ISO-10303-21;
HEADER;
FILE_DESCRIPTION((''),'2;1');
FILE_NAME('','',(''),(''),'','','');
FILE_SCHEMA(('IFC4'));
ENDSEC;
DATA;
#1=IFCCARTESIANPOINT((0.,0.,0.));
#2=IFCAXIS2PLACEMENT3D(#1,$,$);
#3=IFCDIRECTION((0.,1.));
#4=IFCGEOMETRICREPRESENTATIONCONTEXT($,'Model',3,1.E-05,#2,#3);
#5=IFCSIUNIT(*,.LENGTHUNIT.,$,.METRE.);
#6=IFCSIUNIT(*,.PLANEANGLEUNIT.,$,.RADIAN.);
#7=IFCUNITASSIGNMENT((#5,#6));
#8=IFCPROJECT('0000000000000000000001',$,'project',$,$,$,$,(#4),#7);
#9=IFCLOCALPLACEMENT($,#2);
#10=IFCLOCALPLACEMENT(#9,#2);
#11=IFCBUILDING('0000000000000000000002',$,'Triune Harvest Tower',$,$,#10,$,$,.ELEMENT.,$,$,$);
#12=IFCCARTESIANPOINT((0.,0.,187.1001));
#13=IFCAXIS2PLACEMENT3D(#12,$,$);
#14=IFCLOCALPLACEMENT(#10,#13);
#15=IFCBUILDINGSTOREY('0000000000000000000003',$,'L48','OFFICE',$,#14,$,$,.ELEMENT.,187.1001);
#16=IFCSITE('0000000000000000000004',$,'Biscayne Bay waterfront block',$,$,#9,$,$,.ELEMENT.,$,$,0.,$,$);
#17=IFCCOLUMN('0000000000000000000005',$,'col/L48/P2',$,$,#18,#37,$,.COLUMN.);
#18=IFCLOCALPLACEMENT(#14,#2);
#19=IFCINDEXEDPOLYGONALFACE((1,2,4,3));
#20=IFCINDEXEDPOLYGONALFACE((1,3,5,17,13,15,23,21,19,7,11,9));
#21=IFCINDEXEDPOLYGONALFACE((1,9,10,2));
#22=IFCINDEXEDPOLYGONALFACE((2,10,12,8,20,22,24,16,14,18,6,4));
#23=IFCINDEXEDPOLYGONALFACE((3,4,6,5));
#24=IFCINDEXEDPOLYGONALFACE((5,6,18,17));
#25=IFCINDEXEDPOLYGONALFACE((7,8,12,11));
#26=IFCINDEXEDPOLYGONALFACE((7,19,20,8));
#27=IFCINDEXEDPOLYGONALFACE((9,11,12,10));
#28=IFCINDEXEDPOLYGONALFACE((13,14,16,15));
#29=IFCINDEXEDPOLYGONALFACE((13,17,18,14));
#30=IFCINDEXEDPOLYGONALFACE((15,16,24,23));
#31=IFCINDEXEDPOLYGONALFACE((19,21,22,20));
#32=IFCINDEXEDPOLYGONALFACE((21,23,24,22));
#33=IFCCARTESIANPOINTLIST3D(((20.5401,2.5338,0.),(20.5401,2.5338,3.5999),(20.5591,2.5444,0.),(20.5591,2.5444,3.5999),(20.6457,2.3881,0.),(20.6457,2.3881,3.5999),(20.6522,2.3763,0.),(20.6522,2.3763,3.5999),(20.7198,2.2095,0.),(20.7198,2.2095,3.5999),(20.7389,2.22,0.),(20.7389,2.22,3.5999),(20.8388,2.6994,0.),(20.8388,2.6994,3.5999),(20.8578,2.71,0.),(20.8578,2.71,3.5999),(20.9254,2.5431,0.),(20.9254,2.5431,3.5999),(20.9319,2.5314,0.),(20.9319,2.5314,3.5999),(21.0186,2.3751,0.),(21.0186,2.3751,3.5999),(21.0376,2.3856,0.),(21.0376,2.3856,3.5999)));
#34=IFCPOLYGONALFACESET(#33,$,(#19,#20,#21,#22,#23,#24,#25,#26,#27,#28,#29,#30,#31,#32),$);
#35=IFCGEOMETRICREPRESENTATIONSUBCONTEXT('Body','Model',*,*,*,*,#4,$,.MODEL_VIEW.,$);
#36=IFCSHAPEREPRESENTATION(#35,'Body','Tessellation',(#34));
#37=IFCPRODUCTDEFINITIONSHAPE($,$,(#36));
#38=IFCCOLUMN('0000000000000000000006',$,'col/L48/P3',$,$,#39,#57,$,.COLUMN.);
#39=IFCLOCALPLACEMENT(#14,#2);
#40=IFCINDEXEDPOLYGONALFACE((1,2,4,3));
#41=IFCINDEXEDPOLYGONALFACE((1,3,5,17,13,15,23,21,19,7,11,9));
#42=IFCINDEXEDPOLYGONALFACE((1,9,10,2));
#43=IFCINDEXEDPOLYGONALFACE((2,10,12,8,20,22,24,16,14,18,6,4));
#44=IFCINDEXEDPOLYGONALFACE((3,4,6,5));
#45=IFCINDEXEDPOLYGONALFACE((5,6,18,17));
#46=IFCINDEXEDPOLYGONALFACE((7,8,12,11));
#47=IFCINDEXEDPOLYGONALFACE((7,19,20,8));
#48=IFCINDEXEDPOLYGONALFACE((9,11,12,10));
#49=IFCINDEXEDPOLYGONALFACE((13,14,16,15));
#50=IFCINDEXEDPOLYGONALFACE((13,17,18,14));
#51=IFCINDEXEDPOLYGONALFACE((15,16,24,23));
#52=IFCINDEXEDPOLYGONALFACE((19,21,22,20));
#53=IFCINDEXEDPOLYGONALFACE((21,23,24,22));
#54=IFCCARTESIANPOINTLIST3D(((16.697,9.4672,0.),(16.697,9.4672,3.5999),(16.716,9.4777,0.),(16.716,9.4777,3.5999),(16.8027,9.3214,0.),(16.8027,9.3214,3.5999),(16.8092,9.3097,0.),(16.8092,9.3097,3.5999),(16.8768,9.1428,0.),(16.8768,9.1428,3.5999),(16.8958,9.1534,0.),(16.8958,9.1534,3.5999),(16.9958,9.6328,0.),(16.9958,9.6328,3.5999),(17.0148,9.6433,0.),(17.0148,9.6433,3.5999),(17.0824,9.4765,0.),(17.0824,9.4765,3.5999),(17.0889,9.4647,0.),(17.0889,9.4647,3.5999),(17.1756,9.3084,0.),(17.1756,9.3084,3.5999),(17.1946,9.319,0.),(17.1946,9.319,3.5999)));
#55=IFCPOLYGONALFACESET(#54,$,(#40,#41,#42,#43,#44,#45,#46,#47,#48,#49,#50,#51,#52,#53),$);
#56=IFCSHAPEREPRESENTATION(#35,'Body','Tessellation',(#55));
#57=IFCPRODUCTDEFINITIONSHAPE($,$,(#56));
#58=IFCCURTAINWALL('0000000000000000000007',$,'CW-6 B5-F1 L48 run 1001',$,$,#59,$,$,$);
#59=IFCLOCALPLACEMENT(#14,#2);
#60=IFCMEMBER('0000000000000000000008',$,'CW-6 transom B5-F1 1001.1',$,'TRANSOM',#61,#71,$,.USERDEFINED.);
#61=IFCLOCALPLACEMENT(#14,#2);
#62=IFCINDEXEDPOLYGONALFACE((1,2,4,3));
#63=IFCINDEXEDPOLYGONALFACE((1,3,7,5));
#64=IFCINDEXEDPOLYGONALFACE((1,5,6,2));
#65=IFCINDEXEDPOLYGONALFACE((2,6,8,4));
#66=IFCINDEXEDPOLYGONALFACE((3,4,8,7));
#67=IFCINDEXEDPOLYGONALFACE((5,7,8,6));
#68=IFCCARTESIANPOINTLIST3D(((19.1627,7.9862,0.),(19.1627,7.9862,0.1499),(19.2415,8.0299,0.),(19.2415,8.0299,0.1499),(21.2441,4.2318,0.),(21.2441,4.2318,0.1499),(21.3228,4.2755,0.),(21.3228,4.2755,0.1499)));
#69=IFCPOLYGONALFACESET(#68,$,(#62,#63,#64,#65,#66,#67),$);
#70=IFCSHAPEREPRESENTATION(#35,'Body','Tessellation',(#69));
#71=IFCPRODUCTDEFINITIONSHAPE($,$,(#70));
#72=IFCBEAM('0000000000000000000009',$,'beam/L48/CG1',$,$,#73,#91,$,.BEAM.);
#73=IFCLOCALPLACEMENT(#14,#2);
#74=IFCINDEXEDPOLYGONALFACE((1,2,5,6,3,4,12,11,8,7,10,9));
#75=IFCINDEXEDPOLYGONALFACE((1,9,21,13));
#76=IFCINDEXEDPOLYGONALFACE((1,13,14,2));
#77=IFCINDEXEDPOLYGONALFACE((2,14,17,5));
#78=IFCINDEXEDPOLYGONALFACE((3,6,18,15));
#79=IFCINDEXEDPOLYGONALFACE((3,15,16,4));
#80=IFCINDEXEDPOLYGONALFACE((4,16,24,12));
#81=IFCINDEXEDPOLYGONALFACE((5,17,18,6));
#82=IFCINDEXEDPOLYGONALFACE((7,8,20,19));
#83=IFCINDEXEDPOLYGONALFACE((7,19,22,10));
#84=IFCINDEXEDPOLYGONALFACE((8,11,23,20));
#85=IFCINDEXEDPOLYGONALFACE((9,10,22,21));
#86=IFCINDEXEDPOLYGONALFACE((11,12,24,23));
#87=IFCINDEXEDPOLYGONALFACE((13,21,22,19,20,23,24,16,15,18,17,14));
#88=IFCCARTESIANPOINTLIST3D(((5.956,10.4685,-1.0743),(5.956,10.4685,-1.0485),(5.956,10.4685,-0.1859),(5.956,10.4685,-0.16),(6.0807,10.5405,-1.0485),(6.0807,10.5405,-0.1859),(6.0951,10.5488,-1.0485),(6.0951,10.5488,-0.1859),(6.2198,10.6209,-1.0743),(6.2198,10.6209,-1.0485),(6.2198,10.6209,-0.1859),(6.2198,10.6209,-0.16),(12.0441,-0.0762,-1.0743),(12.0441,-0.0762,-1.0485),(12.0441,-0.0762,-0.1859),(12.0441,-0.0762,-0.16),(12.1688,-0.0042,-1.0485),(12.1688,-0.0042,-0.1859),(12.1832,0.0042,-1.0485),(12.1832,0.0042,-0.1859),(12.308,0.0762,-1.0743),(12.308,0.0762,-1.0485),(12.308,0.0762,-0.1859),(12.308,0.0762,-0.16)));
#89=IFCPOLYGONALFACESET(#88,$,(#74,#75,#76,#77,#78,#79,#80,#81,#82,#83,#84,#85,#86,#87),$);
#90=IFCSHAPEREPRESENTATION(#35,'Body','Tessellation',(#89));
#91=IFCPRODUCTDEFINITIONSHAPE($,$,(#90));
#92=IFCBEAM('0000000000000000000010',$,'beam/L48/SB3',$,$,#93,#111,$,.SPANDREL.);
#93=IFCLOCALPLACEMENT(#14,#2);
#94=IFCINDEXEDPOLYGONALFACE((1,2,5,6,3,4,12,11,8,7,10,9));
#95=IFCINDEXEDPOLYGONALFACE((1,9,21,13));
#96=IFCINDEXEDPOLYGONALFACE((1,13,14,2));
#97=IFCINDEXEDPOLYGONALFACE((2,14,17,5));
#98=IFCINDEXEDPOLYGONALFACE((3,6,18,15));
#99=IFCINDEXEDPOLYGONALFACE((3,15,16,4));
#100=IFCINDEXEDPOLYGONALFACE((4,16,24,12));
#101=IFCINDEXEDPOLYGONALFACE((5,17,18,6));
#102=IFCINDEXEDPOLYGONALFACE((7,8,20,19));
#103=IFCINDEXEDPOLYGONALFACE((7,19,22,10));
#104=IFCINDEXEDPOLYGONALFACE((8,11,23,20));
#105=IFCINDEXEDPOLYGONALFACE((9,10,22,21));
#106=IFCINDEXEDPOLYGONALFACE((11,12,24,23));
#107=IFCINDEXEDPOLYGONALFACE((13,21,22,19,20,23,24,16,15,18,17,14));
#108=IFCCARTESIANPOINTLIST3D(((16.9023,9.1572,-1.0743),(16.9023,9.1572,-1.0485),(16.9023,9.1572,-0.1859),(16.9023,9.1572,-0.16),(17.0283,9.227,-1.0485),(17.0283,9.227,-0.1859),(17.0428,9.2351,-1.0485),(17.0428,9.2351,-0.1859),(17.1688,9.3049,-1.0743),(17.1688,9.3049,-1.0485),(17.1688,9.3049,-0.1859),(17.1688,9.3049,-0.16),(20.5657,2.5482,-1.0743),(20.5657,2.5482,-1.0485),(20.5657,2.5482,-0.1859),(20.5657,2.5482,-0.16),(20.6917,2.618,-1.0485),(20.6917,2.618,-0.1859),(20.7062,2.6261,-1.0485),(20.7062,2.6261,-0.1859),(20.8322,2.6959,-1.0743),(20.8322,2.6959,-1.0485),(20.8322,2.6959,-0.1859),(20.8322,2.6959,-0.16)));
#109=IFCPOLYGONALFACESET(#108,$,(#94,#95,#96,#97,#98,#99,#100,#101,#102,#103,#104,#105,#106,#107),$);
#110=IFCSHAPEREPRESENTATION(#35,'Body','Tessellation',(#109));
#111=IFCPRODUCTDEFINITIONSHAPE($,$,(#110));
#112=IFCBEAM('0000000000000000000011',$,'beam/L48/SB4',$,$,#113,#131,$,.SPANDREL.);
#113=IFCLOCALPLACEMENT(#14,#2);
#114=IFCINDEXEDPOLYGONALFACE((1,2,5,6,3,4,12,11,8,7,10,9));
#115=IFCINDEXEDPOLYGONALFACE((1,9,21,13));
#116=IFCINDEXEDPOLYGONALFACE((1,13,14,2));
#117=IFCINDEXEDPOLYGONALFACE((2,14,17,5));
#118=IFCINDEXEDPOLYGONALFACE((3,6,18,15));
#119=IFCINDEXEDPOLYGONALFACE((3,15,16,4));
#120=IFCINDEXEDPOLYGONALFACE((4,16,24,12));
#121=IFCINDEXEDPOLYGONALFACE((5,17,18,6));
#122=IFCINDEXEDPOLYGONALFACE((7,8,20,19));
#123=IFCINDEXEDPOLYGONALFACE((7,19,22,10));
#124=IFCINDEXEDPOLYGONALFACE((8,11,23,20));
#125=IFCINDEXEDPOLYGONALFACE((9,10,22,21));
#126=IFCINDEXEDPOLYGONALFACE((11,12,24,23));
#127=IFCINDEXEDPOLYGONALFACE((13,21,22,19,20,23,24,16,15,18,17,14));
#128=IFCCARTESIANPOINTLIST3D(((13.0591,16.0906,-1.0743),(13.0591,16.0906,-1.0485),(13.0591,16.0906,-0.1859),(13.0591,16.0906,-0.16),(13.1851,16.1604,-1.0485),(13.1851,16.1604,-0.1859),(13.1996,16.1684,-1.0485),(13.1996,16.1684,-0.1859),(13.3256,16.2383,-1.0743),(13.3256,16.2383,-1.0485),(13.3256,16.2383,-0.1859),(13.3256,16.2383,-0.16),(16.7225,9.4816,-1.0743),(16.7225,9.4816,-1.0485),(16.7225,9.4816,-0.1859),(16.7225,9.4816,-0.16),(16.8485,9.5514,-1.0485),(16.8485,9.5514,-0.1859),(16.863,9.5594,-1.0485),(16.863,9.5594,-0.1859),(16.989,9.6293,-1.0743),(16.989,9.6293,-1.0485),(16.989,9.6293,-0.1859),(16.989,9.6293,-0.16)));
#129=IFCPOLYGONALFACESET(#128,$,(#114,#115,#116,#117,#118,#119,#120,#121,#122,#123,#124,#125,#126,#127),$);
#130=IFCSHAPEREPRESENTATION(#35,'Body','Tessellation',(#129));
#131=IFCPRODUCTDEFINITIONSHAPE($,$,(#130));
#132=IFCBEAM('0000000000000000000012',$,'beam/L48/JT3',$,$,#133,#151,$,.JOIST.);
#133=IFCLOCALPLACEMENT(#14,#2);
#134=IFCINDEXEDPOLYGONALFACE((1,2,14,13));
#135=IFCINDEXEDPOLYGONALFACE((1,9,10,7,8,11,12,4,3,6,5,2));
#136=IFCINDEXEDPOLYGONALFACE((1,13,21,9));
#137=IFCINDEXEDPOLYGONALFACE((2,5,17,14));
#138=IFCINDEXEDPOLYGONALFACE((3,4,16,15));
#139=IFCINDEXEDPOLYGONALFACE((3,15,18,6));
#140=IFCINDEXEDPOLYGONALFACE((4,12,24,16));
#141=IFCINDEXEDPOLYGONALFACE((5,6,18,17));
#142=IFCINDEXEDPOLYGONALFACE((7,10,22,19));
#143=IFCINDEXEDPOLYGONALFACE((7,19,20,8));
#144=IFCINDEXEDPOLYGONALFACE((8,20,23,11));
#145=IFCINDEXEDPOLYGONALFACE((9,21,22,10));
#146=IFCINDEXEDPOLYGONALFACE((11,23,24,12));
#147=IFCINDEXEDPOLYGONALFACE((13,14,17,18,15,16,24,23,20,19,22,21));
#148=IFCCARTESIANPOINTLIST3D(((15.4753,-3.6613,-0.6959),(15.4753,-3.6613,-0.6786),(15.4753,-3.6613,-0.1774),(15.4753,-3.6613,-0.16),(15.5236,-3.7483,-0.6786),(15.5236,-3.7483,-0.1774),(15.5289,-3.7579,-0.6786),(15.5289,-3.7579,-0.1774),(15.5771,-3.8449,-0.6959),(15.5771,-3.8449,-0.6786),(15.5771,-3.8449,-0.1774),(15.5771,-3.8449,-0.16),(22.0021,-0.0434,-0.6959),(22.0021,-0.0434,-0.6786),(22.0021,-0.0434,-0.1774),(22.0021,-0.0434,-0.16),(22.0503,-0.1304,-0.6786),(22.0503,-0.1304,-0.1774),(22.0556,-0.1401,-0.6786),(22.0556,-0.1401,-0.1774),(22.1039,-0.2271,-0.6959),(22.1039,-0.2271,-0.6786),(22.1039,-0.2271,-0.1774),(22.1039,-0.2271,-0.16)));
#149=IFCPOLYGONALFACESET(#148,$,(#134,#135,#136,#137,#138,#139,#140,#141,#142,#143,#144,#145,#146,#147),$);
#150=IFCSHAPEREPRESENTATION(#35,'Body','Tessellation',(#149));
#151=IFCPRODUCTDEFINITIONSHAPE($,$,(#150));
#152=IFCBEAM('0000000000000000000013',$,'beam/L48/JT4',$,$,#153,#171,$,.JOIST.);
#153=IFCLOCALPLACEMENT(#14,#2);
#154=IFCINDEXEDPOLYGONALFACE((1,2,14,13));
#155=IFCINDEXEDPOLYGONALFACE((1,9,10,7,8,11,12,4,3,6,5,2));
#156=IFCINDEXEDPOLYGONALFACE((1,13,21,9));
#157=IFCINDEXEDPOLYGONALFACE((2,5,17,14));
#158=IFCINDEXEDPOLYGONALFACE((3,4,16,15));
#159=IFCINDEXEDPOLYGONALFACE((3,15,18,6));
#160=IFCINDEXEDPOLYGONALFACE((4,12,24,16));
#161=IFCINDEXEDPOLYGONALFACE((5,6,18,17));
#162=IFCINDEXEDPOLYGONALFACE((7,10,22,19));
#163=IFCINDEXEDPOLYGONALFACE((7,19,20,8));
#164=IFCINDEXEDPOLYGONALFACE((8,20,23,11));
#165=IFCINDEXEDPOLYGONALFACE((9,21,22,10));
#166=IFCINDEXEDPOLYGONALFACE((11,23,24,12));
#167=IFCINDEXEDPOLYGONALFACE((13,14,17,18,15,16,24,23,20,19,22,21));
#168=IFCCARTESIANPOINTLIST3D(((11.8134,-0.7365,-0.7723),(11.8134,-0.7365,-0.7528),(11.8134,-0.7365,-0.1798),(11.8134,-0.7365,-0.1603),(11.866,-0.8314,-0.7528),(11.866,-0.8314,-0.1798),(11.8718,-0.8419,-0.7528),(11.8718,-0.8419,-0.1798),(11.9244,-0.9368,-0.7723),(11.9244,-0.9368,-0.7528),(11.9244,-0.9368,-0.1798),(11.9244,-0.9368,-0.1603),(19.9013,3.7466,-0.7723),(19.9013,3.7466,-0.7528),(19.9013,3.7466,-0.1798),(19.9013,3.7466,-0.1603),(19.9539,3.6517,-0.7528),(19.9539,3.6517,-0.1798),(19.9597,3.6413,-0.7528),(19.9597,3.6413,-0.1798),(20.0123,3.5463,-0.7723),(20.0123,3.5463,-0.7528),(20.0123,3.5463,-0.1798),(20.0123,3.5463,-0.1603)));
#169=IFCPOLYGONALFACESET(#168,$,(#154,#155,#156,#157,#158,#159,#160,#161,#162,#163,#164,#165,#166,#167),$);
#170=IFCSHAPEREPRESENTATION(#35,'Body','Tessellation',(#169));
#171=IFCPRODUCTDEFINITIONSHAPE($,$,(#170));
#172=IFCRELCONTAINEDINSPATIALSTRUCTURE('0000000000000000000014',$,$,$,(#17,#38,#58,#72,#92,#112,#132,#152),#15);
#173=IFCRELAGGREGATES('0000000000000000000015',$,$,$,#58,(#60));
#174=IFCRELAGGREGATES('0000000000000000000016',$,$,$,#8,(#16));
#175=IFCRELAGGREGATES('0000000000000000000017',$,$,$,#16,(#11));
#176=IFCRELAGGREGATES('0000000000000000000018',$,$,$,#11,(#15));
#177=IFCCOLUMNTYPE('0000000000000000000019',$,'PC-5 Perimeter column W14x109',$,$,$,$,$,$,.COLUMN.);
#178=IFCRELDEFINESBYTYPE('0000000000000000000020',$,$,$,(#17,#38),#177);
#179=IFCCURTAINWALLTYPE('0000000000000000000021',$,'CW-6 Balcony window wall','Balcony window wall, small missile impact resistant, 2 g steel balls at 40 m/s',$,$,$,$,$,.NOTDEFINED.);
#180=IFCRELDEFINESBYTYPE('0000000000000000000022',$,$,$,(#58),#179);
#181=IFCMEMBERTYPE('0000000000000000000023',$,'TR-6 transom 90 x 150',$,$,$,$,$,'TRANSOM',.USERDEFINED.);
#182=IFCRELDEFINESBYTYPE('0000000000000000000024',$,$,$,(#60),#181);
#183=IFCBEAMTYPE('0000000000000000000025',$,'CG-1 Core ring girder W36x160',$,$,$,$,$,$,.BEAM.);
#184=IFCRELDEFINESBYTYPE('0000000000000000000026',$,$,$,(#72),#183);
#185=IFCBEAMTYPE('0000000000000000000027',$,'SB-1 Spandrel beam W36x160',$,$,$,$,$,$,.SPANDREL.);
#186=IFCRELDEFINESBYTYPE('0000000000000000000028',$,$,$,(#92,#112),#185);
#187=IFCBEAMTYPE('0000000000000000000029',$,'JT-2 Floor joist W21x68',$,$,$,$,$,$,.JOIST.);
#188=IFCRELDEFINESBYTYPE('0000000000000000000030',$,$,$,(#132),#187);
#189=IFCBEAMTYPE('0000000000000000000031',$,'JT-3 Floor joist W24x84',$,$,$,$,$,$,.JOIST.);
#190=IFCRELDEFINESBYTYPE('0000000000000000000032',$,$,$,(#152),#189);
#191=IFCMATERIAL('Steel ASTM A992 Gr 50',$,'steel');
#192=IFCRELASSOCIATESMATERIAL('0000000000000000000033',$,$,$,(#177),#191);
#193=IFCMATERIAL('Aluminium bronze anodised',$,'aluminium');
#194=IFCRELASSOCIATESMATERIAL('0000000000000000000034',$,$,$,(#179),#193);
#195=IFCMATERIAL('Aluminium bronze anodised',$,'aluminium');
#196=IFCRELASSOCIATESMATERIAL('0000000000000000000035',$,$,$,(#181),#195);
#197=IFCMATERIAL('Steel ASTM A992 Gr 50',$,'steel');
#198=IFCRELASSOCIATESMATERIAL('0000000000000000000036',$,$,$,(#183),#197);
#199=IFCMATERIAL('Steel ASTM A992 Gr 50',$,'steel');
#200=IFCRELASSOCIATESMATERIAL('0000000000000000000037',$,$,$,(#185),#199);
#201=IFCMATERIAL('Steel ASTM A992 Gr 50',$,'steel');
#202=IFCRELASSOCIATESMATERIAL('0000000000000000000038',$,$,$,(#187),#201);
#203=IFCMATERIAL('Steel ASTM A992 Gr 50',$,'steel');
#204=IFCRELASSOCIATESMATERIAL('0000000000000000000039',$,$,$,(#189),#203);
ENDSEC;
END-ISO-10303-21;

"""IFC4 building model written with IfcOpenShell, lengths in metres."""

from ifc_helpers import new_model, si_unit, direction, frame, origin, origin_2d, place, context, subcontext, project, spatial, rectangle, i_section, extrude, source, transform, mapped, material, material_profile, profile_set, type_object, element, aggregate, save


model = new_model("IFC4")

# Units and contexts
model_context = context("Model", 3, precision=1e-05, world=origin(), true_north=direction((0.0, 1.0)))
body_context = subcontext(model_context, "Body", "Model", "MODEL_VIEW")
ifc_project = project(units=[si_unit("LENGTHUNIT", "METRE"), si_unit("PLANEANGLEUNIT", "RADIAN")], contexts=[model_context])

# Site, building, storey
site_placement = place(None, origin())
site = spatial("IfcSite", under=ifc_project, at=site_placement, Name="Biscayne Bay waterfront block", CompositionType="ELEMENT", RefElevation=0.0)
building_placement = place(site_placement, origin())
building = spatial("IfcBuilding", under=site, at=building_placement, Name="Triune Harvest Tower", CompositionType="ELEMENT")
storey_placement = place(building_placement, frame((0.0, 0.0, 187.1001)))
storey = spatial("IfcBuildingStorey", under=building, at=storey_placement, Name="L48", Description="OFFICE", CompositionType="ELEMENT", Elevation=187.1001)

# Columns
ifc_material_1 = material(Name="Steel ASTM A992 Gr 50", Category="steel")
ifc_material_profile_1 = material_profile(ifc_material_1, i_section(OverallWidth=0.3708, OverallDepth=0.3633, WebThickness=0.0134, FlangeThickness=0.0217, at=origin_2d()), Name="W14x109")
ifc_profile_set_1 = profile_set([ifc_material_profile_1], Name="Steel ASTM A992 Gr 50")
column_type = type_object("IfcColumnType", Name="PC-5 Perimeter column W14x109", PredefinedType="COLUMN", material=ifc_profile_set_1)
shared_shape_1 = source(origin(), body_context, "Body", "SweptSolid", [
    extrude(i_section(OverallWidth=0.3708, OverallDepth=0.3633, WebThickness=0.0134, FlangeThickness=0.0217, at=origin_2d()), origin(), (0.0, 0.0, 1.0), 3.5999),
])
for number, where, z_axis, x_axis, name in (
    (1, (20.7888, 2.4597, 0.0), (0.0, 0.0, 1.0), (-0.48481, 0.87462, 0.0), "col/L48/P2"),
    (2, (16.9458, 9.3931, 0.0), (0.0, 0.0, 1.0), (-0.48481, 0.87462, 0.0), "col/L48/P3"),
):
    element("IfcColumn", number, at=place(storey_placement, frame(where, z_axis=z_axis, x_axis=x_axis)), inside=storey, type_object=column_type, Name=name, PredefinedType="COLUMN", context=body_context, shape_type="MappedRepresentation", body=[
        mapped(shared_shape_1, transform((0.0, 0.0, 0.0), scale=1.0)),
    ])

# Curtain wall, member
ifc_material_2 = material(Name="Aluminium bronze anodised", Category="aluminium")
curtain_wall_type_1 = type_object("IfcCurtainWallType", Name="CW-6 Balcony window wall", Description="Balcony window wall, small missile impact resistant, 2 g steel balls at 40 m/s", PredefinedType="NOTDEFINED", material=ifc_material_2)
curtain_wall_1_placement = place(storey_placement, origin())
curtain_wall_1 = element("IfcCurtainWall", 3, at=curtain_wall_1_placement, inside=storey, type_object=curtain_wall_type_1, Name="CW-6 B5-F1 L48 run 1001")
ifc_material_3 = material(Name="Aluminium bronze anodised", Category="aluminium")
ifc_material_profile_2 = material_profile(ifc_material_3, rectangle(XDim=0.0901, YDim=0.1499, at=origin_2d()), Name="TR-6 transom 90 x 150")
ifc_profile_set_2 = profile_set([ifc_material_profile_2], Name="Aluminium bronze anodised")
member_type_1 = type_object("IfcMemberType", Name="TR-6 transom 90 x 150", ElementType="TRANSOM", PredefinedType="USERDEFINED", material=ifc_profile_set_2)
member_1_placement = place(storey_placement, frame((21.2834, 4.2537, 0.075), z_axis=(-0.484846, 0.8746, 0.0), x_axis=(-0.8746, -0.484846, 0.0)))
member_1 = element("IfcMember", 4, at=member_1_placement, type_object=member_type_1, Name="CW-6 transom B5-F1 1001.1", ObjectType="TRANSOM", PredefinedType="USERDEFINED", context=body_context, shape_type="SweptSolid", body=[
    extrude(rectangle(XDim=0.0901, YDim=0.1499, at=origin_2d()), origin(), (0.0, 0.0, 1.0), 4.2927),
])

# Beams
ifc_material_4 = material(Name="Steel ASTM A992 Gr 50", Category="steel")
ifc_material_profile_3 = material_profile(ifc_material_4, i_section(OverallWidth=0.3047, OverallDepth=0.9143, WebThickness=0.0166, FlangeThickness=0.0259, at=origin_2d()), Name="W36x160")
ifc_profile_set_3 = profile_set([ifc_material_profile_3], Name="Steel ASTM A992 Gr 50")
beam_type_1 = type_object("IfcBeamType", Name="CG-1 Core ring girder W36x160", PredefinedType="BEAM", material=ifc_profile_set_3)
shared_shape_2 = source(origin(), body_context, "Body", "SweptSolid", [
    extrude(i_section(OverallWidth=0.3047, OverallDepth=0.9143, WebThickness=0.0166, FlangeThickness=0.0259, at=origin_2d()), origin(), (0.0, 0.0, 1.0), 12.176),
])
beam_1_placement = place(storey_placement, frame((12.176, 0.0, -0.6172), z_axis=(-0.50001, 0.86602, 0.0), x_axis=(-0.86602, -0.50001, 0.0)))
element("IfcBeam", 5, at=beam_1_placement, inside=storey, type_object=beam_type_1, Name="beam/L48/CG1", PredefinedType="BEAM", context=body_context, shape_type="MappedRepresentation", body=[
    mapped(shared_shape_2, transform((0.0, 0.0, 0.0), scale=1.0)),
])
ifc_material_5 = material(Name="Steel ASTM A992 Gr 50", Category="steel")
ifc_material_profile_4 = material_profile(ifc_material_5, i_section(OverallWidth=0.3047, OverallDepth=0.9143, WebThickness=0.0166, FlangeThickness=0.0259, at=origin_2d()), Name="W36x160")
ifc_profile_set_4 = profile_set([ifc_material_profile_4], Name="Steel ASTM A992 Gr 50")
beam_type_2 = type_object("IfcBeamType", Name="SB-1 Spandrel beam W36x160", PredefinedType="SPANDREL", material=ifc_profile_set_4)
shared_shape_3 = source(origin(), body_context, "Body", "SweptSolid", [
    extrude(i_section(OverallWidth=0.3047, OverallDepth=0.9143, WebThickness=0.0166, FlangeThickness=0.0259, at=origin_2d()), origin(), (0.0, 0.0, 1.0), 7.5564),
])
for number, where, z_axis, x_axis, name in (
    (6, (20.699, 2.6221, -0.6172), (-0.484806, 0.874622, 0.0), (-0.874622, -0.484806, 0.0), "beam/L48/SB3"),
    (7, (16.8557, 9.5554, -0.6172), (-0.484806, 0.874622, 0.0), (-0.874622, -0.484806, 0.0), "beam/L48/SB4"),
):
    element("IfcBeam", number, at=place(storey_placement, frame(where, z_axis=z_axis, x_axis=x_axis)), inside=storey, type_object=beam_type_2, Name=name, PredefinedType="SPANDREL", context=body_context, shape_type="MappedRepresentation", body=[
        mapped(shared_shape_3, transform((0.0, 0.0, 0.0), scale=1.0)),
    ])
ifc_material_6 = material(Name="Steel ASTM A992 Gr 50", Category="steel")
ifc_material_profile_5 = material_profile(ifc_material_6, i_section(OverallWidth=0.21, OverallDepth=0.5359, WebThickness=0.011, FlangeThickness=0.0173, at=origin_2d()), Name="W21x68")
ifc_profile_set_5 = profile_set([ifc_material_profile_5], Name="Steel ASTM A992 Gr 50")
beam_type_3 = type_object("IfcBeamType", Name="JT-2 Floor joist W21x68", PredefinedType="JOIST", material=ifc_profile_set_5)
shared_shape_4 = source(origin(), body_context, "Body", "SweptSolid", [
    extrude(i_section(OverallWidth=0.21, OverallDepth=0.5359, WebThickness=0.011, FlangeThickness=0.0173, at=origin_2d()), origin(), (0.0, 0.0, 1.0), 7.4624),
])
beam_2_placement = place(storey_placement, frame((22.053, -0.1353, -0.428), z_axis=(-0.874618, -0.484812, 0.0), x_axis=(0.484812, -0.874618, 0.0)))
element("IfcBeam", 8, at=beam_2_placement, inside=storey, type_object=beam_type_3, Name="beam/L48/JT3", PredefinedType="JOIST", context=body_context, shape_type="MappedRepresentation", body=[
    mapped(shared_shape_4, transform((0.0, 0.0, 0.0), scale=1.0)),
])
ifc_material_7 = material(Name="Steel ASTM A992 Gr 50", Category="steel")
ifc_material_profile_6 = material_profile(ifc_material_7, i_section(OverallWidth=0.229, OverallDepth=0.6121, WebThickness=0.012, FlangeThickness=0.0195, at=origin_2d()), Name="W24x84")
ifc_profile_set_6 = profile_set([ifc_material_profile_6], Name="Steel ASTM A992 Gr 50")
beam_type_4 = type_object("IfcBeamType", Name="JT-3 Floor joist W24x84", PredefinedType="JOIST", material=ifc_profile_set_6)
shared_shape_5 = source(origin(), body_context, "Body", "SweptSolid", [
    extrude(i_section(OverallWidth=0.229, OverallDepth=0.6121, WebThickness=0.012, FlangeThickness=0.0195, at=origin_2d()), origin(), (0.0, 0.0, 1.0), 9.2473),
])
beam_3_placement = place(storey_placement, frame((19.9568, 3.6465, -0.4663), z_axis=(-0.874621, -0.484807, 0.0), x_axis=(0.484807, -0.874621, 0.0)))
element("IfcBeam", 9, at=beam_3_placement, inside=storey, type_object=beam_type_4, Name="beam/L48/JT4", PredefinedType="JOIST", context=body_context, shape_type="MappedRepresentation", body=[
    mapped(shared_shape_5, transform((0.0, 0.0, 0.0), scale=1.0)),
])

aggregate(curtain_wall_1, [member_1])

save(model, "model.ifc")
